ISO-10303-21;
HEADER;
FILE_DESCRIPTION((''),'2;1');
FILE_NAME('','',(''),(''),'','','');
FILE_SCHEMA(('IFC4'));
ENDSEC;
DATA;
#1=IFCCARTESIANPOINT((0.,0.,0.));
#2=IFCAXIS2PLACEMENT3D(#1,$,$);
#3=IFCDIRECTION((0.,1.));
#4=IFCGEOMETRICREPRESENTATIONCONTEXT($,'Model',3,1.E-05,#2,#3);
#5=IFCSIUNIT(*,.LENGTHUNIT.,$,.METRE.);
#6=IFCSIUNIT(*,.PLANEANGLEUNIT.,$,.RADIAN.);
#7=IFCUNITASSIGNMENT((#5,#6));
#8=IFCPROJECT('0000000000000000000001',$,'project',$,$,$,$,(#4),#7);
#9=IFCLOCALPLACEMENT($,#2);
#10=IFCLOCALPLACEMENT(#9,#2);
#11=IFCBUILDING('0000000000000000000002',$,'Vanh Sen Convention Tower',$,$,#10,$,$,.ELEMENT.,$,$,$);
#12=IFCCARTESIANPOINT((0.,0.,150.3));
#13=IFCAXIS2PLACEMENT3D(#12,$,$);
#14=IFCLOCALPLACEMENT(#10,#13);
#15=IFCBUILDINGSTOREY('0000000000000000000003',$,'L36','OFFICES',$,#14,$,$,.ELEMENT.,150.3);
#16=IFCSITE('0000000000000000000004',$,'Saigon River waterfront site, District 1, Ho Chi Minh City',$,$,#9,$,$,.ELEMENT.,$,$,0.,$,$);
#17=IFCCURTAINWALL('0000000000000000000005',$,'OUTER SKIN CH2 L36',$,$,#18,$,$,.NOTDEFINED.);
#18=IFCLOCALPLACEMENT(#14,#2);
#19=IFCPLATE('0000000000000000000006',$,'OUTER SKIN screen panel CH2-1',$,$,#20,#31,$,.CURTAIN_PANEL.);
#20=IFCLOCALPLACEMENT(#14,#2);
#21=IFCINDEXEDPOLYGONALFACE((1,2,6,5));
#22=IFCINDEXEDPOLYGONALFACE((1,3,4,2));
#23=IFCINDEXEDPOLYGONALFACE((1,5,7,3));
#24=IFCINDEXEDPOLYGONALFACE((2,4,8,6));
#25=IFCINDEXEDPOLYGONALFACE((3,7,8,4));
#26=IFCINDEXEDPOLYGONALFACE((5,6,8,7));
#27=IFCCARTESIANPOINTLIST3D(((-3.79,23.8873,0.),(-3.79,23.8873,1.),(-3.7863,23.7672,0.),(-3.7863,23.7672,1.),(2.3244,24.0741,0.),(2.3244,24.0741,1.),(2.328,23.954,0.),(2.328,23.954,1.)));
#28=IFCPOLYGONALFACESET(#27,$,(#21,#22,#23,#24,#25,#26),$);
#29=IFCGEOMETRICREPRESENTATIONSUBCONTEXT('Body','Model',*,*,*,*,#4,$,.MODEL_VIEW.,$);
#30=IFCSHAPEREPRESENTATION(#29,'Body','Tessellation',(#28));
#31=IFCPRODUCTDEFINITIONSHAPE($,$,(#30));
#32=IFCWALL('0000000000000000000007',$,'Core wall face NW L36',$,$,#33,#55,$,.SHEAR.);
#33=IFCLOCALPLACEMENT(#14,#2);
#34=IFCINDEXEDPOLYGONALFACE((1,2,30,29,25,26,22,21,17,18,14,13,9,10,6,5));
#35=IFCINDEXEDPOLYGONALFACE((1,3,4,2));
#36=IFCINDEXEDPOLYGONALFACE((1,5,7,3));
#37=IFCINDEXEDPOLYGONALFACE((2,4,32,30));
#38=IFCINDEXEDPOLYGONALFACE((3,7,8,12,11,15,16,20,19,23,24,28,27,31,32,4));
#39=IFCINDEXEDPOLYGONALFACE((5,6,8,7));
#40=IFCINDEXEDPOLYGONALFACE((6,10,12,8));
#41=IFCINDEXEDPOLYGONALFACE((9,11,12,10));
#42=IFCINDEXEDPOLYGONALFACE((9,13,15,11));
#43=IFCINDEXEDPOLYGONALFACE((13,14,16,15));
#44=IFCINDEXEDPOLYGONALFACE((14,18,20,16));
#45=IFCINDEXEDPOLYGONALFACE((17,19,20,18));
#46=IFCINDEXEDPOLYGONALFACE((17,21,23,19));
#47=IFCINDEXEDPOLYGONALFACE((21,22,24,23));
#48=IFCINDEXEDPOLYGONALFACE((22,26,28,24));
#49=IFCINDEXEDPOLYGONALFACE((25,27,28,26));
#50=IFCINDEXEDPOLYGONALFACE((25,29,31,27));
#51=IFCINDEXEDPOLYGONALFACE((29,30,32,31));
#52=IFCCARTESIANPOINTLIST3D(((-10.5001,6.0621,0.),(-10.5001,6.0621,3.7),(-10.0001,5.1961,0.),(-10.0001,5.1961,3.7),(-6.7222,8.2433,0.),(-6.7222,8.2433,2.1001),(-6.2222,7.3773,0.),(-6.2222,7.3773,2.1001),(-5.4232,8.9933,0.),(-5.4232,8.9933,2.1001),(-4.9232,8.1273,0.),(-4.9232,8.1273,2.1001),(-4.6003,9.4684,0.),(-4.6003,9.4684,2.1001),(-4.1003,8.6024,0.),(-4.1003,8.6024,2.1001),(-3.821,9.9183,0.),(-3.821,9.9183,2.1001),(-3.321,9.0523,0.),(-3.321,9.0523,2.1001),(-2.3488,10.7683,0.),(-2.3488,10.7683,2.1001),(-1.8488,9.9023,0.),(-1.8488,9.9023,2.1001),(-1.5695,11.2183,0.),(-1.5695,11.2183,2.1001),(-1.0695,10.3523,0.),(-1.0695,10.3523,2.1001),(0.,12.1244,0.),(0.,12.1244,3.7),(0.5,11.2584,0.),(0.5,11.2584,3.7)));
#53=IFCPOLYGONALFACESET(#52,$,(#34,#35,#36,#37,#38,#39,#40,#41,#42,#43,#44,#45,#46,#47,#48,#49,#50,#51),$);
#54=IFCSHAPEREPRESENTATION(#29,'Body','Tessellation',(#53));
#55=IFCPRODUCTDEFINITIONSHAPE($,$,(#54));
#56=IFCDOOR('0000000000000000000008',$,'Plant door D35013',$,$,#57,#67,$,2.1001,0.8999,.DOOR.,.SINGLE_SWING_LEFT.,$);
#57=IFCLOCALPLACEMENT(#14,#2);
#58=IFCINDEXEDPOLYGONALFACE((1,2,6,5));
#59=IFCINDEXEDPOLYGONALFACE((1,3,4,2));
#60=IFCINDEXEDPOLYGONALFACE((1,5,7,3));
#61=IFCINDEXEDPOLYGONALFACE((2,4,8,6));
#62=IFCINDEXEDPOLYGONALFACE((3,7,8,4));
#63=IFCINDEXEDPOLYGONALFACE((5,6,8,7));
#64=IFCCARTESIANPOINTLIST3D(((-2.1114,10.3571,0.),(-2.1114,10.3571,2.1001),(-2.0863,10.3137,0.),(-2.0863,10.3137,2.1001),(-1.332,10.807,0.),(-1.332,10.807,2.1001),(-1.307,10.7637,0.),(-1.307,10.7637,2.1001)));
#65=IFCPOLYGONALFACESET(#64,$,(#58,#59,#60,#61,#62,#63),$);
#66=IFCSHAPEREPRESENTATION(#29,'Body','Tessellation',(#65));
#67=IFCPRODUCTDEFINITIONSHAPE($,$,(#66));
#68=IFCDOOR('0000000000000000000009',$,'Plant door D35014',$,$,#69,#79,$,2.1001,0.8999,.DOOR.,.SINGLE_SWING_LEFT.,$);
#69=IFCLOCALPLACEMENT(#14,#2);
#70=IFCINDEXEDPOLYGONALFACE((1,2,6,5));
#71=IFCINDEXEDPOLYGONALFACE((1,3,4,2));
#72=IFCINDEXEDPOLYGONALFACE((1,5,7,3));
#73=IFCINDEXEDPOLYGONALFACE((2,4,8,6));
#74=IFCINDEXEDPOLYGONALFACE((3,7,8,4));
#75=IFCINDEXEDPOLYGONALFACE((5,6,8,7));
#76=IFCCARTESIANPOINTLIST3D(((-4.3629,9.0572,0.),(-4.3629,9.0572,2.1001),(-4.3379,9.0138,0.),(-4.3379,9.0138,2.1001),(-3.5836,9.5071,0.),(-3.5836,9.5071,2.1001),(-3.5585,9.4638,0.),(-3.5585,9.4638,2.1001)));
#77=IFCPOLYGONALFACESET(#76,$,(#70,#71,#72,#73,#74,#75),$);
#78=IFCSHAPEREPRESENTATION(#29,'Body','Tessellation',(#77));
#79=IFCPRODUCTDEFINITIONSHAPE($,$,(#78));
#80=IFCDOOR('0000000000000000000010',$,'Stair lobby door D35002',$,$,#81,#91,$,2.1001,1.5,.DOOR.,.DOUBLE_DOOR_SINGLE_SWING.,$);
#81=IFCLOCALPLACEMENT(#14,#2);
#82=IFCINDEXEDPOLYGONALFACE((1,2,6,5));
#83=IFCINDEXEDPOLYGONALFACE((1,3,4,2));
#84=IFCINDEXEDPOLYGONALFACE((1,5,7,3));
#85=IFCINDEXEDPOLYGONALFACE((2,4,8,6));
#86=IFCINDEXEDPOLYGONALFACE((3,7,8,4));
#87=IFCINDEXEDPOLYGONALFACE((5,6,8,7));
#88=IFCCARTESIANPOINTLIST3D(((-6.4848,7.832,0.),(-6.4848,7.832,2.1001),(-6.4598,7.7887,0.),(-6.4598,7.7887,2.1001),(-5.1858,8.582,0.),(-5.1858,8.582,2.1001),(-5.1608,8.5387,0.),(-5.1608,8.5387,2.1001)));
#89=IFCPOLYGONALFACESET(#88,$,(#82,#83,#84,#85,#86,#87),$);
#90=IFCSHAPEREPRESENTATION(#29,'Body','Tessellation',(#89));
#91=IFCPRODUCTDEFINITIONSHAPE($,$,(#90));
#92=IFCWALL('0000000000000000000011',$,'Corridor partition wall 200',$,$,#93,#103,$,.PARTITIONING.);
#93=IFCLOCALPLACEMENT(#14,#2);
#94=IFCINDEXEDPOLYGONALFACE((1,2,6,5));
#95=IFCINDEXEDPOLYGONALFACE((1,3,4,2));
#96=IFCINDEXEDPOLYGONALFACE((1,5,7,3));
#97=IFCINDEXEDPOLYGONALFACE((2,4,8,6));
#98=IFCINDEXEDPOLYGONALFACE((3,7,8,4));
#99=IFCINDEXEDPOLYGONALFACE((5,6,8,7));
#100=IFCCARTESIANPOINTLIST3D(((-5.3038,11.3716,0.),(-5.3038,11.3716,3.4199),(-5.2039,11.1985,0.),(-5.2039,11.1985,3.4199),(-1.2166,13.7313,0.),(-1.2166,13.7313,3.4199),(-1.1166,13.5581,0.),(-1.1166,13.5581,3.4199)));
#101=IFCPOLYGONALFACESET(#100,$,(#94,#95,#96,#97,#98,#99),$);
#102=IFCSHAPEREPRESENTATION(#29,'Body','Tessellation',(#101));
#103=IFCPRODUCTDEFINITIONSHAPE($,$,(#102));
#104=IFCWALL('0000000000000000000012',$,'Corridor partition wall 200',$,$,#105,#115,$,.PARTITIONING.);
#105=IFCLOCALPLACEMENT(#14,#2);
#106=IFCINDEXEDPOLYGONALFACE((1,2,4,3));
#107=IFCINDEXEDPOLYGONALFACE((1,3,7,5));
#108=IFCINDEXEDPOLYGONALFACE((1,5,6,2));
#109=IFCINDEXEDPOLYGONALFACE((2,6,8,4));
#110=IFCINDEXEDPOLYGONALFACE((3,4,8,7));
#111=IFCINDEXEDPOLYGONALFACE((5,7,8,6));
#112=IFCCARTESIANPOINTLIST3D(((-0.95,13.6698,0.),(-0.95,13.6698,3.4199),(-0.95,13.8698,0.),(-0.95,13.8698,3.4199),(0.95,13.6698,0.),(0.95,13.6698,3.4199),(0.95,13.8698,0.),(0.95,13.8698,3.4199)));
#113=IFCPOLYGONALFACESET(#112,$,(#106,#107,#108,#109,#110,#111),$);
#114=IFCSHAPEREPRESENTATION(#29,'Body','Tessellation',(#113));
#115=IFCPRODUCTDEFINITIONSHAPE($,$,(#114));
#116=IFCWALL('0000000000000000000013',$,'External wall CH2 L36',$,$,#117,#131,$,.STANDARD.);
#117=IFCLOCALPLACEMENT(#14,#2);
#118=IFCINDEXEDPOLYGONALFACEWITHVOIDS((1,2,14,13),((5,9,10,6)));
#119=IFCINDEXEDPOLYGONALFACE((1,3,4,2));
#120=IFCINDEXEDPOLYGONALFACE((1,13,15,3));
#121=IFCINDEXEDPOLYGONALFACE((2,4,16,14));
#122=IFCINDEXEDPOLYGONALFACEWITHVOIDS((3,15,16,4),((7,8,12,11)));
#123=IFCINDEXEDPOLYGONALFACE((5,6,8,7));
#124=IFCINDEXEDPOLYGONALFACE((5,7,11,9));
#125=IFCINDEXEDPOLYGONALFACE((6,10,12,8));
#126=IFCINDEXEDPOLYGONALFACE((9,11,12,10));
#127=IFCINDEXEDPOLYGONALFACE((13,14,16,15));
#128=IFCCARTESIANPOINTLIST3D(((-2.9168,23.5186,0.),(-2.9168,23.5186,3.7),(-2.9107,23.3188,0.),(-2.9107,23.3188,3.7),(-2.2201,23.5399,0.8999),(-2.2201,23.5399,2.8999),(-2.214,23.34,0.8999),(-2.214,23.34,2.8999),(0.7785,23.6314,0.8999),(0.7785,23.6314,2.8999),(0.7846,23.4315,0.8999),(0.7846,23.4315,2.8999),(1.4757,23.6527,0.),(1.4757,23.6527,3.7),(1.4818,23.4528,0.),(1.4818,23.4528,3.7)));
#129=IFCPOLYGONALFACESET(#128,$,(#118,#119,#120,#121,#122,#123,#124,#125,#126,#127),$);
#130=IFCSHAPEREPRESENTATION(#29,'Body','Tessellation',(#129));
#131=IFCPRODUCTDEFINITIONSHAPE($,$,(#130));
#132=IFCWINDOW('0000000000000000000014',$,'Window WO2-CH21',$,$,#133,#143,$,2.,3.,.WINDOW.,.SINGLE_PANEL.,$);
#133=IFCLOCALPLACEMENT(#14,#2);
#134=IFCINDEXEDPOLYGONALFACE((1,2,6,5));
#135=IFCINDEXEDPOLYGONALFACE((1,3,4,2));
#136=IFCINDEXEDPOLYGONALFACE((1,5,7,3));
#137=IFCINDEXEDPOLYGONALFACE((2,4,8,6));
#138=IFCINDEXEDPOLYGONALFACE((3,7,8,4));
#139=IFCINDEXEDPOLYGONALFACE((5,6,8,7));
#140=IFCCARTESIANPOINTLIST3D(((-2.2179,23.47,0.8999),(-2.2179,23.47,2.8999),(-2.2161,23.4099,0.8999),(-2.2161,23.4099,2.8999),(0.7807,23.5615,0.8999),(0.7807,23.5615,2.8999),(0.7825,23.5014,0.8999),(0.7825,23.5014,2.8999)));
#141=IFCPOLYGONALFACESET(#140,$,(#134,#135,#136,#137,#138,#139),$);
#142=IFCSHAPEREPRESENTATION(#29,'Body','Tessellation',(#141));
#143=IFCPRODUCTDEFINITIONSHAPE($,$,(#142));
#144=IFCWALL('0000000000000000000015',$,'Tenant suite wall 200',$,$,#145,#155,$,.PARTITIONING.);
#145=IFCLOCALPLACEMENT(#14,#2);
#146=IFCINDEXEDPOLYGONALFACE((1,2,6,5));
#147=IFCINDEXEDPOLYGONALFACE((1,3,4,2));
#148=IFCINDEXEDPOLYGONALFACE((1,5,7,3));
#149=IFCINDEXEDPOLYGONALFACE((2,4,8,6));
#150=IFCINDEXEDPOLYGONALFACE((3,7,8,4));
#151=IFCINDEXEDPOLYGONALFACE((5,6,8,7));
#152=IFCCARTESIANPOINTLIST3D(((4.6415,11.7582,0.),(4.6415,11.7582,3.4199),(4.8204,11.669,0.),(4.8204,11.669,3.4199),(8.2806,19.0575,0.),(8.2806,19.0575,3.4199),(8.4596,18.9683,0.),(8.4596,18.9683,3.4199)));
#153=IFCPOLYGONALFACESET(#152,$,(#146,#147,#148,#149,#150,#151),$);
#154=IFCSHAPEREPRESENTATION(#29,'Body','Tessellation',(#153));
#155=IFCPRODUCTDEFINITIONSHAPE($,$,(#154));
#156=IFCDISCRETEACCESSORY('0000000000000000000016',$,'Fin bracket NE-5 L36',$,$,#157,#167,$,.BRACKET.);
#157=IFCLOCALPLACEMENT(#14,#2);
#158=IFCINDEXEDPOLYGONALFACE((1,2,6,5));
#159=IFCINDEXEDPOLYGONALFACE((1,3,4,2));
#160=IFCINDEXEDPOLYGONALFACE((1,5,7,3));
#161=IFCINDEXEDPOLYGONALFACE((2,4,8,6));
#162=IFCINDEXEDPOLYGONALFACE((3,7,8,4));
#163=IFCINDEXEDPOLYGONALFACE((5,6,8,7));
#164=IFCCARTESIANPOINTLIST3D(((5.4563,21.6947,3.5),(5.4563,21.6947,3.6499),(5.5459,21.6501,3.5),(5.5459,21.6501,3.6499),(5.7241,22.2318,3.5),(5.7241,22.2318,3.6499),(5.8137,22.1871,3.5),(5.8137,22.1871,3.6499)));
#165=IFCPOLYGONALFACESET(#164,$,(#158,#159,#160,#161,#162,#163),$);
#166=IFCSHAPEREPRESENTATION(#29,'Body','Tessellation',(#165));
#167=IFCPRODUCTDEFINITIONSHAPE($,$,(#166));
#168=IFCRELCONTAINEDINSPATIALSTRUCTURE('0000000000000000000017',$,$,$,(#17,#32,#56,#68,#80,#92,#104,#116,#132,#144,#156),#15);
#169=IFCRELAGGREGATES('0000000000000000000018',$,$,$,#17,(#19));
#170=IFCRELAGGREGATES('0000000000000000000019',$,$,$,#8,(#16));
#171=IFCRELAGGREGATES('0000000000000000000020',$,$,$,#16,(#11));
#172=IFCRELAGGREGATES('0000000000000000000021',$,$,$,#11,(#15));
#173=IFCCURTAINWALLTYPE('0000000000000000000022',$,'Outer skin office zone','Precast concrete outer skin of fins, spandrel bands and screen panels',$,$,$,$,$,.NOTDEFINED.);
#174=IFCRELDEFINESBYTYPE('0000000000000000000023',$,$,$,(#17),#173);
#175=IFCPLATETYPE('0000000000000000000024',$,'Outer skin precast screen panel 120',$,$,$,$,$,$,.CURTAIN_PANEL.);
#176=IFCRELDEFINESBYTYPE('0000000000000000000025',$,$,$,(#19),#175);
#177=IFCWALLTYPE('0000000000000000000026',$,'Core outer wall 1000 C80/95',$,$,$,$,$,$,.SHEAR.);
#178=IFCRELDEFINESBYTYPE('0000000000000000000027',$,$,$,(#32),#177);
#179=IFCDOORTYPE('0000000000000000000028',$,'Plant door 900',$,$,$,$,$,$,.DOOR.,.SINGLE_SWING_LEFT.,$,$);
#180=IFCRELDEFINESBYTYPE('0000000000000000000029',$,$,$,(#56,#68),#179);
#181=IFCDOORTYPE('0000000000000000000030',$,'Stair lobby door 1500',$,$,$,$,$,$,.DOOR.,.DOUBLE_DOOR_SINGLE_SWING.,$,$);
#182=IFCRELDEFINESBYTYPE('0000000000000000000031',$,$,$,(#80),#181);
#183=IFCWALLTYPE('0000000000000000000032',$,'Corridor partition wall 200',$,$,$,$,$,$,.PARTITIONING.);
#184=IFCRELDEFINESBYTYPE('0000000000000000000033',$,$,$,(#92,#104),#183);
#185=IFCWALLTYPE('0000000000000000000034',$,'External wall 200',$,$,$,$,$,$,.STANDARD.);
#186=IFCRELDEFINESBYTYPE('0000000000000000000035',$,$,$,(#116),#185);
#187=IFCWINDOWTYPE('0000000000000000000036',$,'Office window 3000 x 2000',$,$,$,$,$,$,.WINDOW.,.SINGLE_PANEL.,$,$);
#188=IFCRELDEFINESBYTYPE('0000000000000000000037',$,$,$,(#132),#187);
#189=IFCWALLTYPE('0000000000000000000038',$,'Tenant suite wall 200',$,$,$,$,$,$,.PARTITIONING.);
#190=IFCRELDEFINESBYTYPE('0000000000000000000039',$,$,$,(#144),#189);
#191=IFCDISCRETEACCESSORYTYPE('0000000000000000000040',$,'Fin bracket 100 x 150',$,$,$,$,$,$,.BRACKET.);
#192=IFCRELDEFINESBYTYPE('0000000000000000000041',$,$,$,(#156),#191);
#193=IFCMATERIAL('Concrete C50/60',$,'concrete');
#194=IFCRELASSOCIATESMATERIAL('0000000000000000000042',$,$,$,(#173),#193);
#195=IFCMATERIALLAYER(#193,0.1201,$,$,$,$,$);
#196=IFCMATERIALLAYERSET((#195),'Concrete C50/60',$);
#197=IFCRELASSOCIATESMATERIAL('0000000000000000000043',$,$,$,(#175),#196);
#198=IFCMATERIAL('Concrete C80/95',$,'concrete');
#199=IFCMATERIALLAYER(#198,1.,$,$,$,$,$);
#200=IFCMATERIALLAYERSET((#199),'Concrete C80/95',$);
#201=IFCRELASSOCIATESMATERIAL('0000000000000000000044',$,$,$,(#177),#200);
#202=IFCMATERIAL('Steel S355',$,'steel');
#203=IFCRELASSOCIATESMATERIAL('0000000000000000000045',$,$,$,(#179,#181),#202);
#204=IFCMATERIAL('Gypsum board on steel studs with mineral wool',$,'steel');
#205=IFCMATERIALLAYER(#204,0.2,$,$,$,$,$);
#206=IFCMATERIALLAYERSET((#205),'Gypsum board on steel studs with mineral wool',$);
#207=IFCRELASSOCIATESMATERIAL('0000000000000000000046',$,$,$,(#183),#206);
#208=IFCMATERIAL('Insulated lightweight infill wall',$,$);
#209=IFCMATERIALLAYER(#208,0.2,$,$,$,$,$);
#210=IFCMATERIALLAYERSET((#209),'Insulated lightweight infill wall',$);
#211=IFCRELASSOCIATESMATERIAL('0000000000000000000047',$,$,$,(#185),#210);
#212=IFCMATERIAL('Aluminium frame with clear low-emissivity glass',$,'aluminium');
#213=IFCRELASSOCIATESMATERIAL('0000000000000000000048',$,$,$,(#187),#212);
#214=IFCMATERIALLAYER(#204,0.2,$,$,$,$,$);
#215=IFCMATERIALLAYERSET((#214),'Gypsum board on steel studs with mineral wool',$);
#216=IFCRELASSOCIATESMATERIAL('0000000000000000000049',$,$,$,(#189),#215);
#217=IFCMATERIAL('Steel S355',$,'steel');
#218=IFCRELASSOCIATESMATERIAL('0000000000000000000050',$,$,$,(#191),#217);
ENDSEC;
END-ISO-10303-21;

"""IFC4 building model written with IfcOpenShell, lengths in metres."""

from ifc_helpers import new_model, si_unit, direction, frame, frame_2d, origin, origin_2d, place, context, subcontext, project, spatial, rectangle, extrude, material, layer, layer_set, type_object, element, fill, aggregate, save


model = new_model("IFC4")

# Units and contexts
model_context = context("Model", 3, precision=1e-05, world=origin(), true_north=direction((0.0, 1.0)))
body_context = subcontext(model_context, "Body", "Model", "MODEL_VIEW")
ifc_project = project(units=[si_unit("LENGTHUNIT", "METRE"), si_unit("PLANEANGLEUNIT", "RADIAN")], contexts=[model_context])

# Site, building, storey
site_placement = place(None, origin())
site = spatial("IfcSite", under=ifc_project, at=site_placement, Name="Saigon River waterfront site, District 1, Ho Chi Minh City", CompositionType="ELEMENT", RefElevation=0.0)
building_placement = place(site_placement, origin())
building = spatial("IfcBuilding", under=site, at=building_placement, Name="Vanh Sen Convention Tower", CompositionType="ELEMENT")
storey_placement = place(building_placement, frame((0.0, 0.0, 150.3)))
storey = spatial("IfcBuildingStorey", under=building, at=storey_placement, Name="L36", Description="OFFICES", CompositionType="ELEMENT", Elevation=150.3)

# Shared definitions
ifc_material_1 = material(Name="Concrete C80/95", Category="concrete")

# Shared definitions
ifc_material_2 = material(Name="Concrete C50/60", Category="concrete")
curtain_wall_type = type_object("IfcCurtainWallType", Name="Outer skin office zone", Description="Precast concrete outer skin of fins, spandrel bands and screen panels", PredefinedType="NOTDEFINED", material=ifc_material_2)

# Curtain wall
curtain_wall_1_placement = place(storey_placement, origin())
curtain_wall_1 = element("IfcCurtainWall", 1, at=curtain_wall_1_placement, inside=storey, type_object=curtain_wall_type, Name="OUTER SKIN CH2 L36", PredefinedType="NOTDEFINED")

# Plate
ifc_layer_1 = layer(ifc_material_2, 0.1201)
ifc_layer_set_1 = layer_set([ifc_layer_1], Name="Concrete C50/60")
plate_type = type_object("IfcPlateType", Name="Outer skin precast screen panel 120", PredefinedType="CURTAIN_PANEL", material=ifc_layer_set_1)
plate_1_placement = place(storey_placement, frame((-0.731, 23.9207, 0.0), z_axis=(0.0, 0.0, 1.0), x_axis=(-0.999534, -0.030539, 0.0)))
plate_1 = element("IfcPlate", 2, at=plate_1_placement, type_object=plate_type, Name="OUTER SKIN screen panel CH2-1", PredefinedType="CURTAIN_PANEL", context=body_context, shape_type="SweptSolid", body=[
    extrude(rectangle(XDim=6.1172, YDim=0.1201, at=origin_2d()), origin(), (0.0, 0.0, 1.0), 1.0),
])
aggregate(curtain_wall_1, [plate_1])

# Wall, openings, doors
ifc_layer_2 = layer(ifc_material_1, 1.0)
ifc_layer_set_2 = layer_set([ifc_layer_2], Name="Concrete C80/95")
wall_type_1 = type_object("IfcWallType", Name="Core outer wall 1000 C80/95", PredefinedType="SHEAR", material=ifc_layer_set_2)
wall_1_placement = place(storey_placement, frame((0.25, 11.6914, 0.0), z_axis=(0.0, 0.0, 1.0), x_axis=(-0.866023, -0.500005, 0.0)))
wall_1 = element("IfcWall", 3, at=wall_1_placement, inside=storey, type_object=wall_type_1, Name="Core wall face NW L36", PredefinedType="SHEAR", context=body_context, shape_type="SweptSolid", body=[
    extrude(rectangle(XDim=12.1245, YDim=1.0, at=frame_2d((6.0623, 0.0))), origin(), (0.0, 0.0, 1.0), 3.7),
])
opening_1_placement = place(wall_1_placement, frame((6.2622, 0.0, 0.0)))
opening_1 = element("IfcOpeningElement", 4, at=opening_1_placement, cuts=wall_1, PredefinedType="OPENING", context=body_context, shape_type="SweptSolid", body=[
    extrude(rectangle(XDim=1.5, YDim=2.1001, at=frame_2d((0.75, 1.05))), frame((0.0, 0.51, 0.0), z_axis=(0.0, -1.0, 0.0), x_axis=(1.0, 0.0, 0.0)), (0.0, 0.0, 1.0), 1.02),
])
opening_2_placement = place(wall_1_placement, frame((1.8123, 0.0, 0.0)))
opening_2 = element("IfcOpeningElement", 5, at=opening_2_placement, cuts=wall_1, PredefinedType="OPENING", context=body_context, shape_type="SweptSolid", body=[
    extrude(rectangle(XDim=0.8999, YDim=2.1001, at=frame_2d((0.45, 1.05))), frame((0.0, 0.51, 0.0), z_axis=(0.0, -1.0, 0.0), x_axis=(1.0, 0.0, 0.0)), (0.0, 0.0, 1.0), 1.02),
])
opening_3_placement = place(wall_1_placement, frame((4.4121, 0.0, 0.0)))
opening_3 = element("IfcOpeningElement", 6, at=opening_3_placement, cuts=wall_1, PredefinedType="OPENING", context=body_context, shape_type="SweptSolid", body=[
    extrude(rectangle(XDim=0.8999, YDim=2.1001, at=frame_2d((0.45, 1.05))), frame((0.0, 0.51, 0.0), z_axis=(0.0, -1.0, 0.0), x_axis=(1.0, 0.0, 0.0)), (0.0, 0.0, 1.0), 1.02),
])
ifc_material_3 = material(Name="Steel S355", Category="steel")
door_type_1 = type_object("IfcDoorType", Name="Plant door 900", OperationType="SINGLE_SWING_LEFT", PredefinedType="DOOR", material=ifc_material_3)
door_1_placement = place(opening_2_placement, origin())
door_1 = element("IfcDoor", 7, at=door_1_placement, inside=storey, type_object=door_type_1, Name="Plant door D35013", OperationType="SINGLE_SWING_LEFT", OverallHeight=2.1001, OverallWidth=0.8999, PredefinedType="DOOR", context=body_context, shape_type="SweptSolid", body=[
    extrude(rectangle(XDim=0.8999, YDim=2.1001, at=frame_2d((0.45, 1.05))), frame((0.0, 0.0249, 0.0), z_axis=(0.0, -1.0, 0.0), x_axis=(1.0, 0.0, 0.0)), (0.0, 0.0, 1.0), 0.05),
])
fill(opening_2, door_1)
door_2_placement = place(opening_3_placement, origin())
door_2 = element("IfcDoor", 8, at=door_2_placement, inside=storey, type_object=door_type_1, Name="Plant door D35014", OperationType="SINGLE_SWING_LEFT", OverallHeight=2.1001, OverallWidth=0.8999, PredefinedType="DOOR", context=body_context, shape_type="SweptSolid", body=[
    extrude(rectangle(XDim=0.8999, YDim=2.1001, at=frame_2d((0.45, 1.05))), frame((0.0, 0.0249, 0.0), z_axis=(0.0, -1.0, 0.0), x_axis=(1.0, 0.0, 0.0)), (0.0, 0.0, 1.0), 0.05),
])
fill(opening_3, door_2)
door_type_2 = type_object("IfcDoorType", Name="Stair lobby door 1500", OperationType="DOUBLE_DOOR_SINGLE_SWING", PredefinedType="DOOR", material=ifc_material_3)
door_3_placement = place(opening_1_placement, origin())
door_3 = element("IfcDoor", 9, at=door_3_placement, inside=storey, type_object=door_type_2, Name="Stair lobby door D35002", OperationType="DOUBLE_DOOR_SINGLE_SWING", OverallHeight=2.1001, OverallWidth=1.5, PredefinedType="DOOR", context=body_context, shape_type="SweptSolid", body=[
    extrude(rectangle(XDim=1.5, YDim=2.1001, at=frame_2d((0.75, 1.05))), frame((0.0, 0.0249, 0.0), z_axis=(0.0, -1.0, 0.0), x_axis=(1.0, 0.0, 0.0)), (0.0, 0.0, 1.0), 0.05),
])
fill(opening_1, door_3)

# Walls
ifc_material_4 = material(Name="Gypsum board on steel studs with mineral wool", Category="steel")
ifc_layer_3 = layer(ifc_material_4, 0.2)
ifc_layer_set_3 = layer_set([ifc_layer_3], Name="Gypsum board on steel studs with mineral wool")
wall_type_2 = type_object("IfcWallType", Name="Corridor partition wall 200", PredefinedType="PARTITIONING", material=ifc_layer_set_3)
wall_2_placement = place(storey_placement, frame((-1.1665, 13.6448, 0.0), z_axis=(0.0, 0.0, 1.0), x_axis=(-0.866035, -0.499984, 0.0)))
element("IfcWall", 10, at=wall_2_placement, inside=storey, type_object=wall_type_2, Name="Corridor partition wall 200", PredefinedType="PARTITIONING", context=body_context, shape_type="SweptSolid", body=[
    extrude(rectangle(XDim=4.7195, YDim=0.2, at=frame_2d((2.3599, 0.0))), origin(), (0.0, 0.0, 1.0), 3.4199),
])
wall_3_placement = place(storey_placement, frame((0.95, 13.7698, 0.0), z_axis=(0.0, 0.0, 1.0), x_axis=(-1.0, 0.0, 0.0)))
element("IfcWall", 11, at=wall_3_placement, inside=storey, type_object=wall_type_2, Name="Corridor partition wall 200", PredefinedType="PARTITIONING", context=body_context, shape_type="SweptSolid", body=[
    extrude(rectangle(XDim=1.8999, YDim=0.2, at=frame_2d((0.95, 0.0))), origin(), (0.0, 0.0, 1.0), 3.4199),
])

# Wall, opening, window
ifc_material_5 = material(Name="Insulated lightweight infill wall")
ifc_layer_4 = layer(ifc_material_5, 0.2)
ifc_layer_set_4 = layer_set([ifc_layer_4], Name="Insulated lightweight infill wall")
wall_type_3 = type_object("IfcWallType", Name="External wall 200", PredefinedType="STANDARD", material=ifc_layer_set_4)
wall_4_placement = place(storey_placement, frame((1.4788, 23.5527, 0.0), z_axis=(0.0, 0.0, 1.0), x_axis=(-0.999535, -0.030499, 0.0)))
wall_4 = element("IfcWall", 12, at=wall_4_placement, inside=storey, type_object=wall_type_3, Name="External wall CH2 L36", PredefinedType="STANDARD", context=body_context, shape_type="SweptSolid", body=[
    extrude(rectangle(XDim=4.3945, YDim=0.2, at=frame_2d((2.1973, 0.0))), origin(), (0.0, 0.0, 1.0), 3.7),
])
opening_4_placement = place(wall_4_placement, frame((0.6975, 0.0, 0.8999)))
opening_4 = element("IfcOpeningElement", 13, at=opening_4_placement, cuts=wall_4, PredefinedType="OPENING", context=body_context, shape_type="SweptSolid", body=[
    extrude(rectangle(XDim=3.0, YDim=2.0, at=frame_2d((1.5, 1.0))), frame((0.0, 0.1099, 0.0), z_axis=(0.0, -1.0, 0.0), x_axis=(1.0, 0.0, 0.0)), (0.0, 0.0, 1.0), 0.22),
])
ifc_material_6 = material(Name="Aluminium frame with clear low-emissivity glass", Category="aluminium")
window_type = type_object("IfcWindowType", Name="Office window 3000 x 2000", PartitioningType="SINGLE_PANEL", PredefinedType="WINDOW", material=ifc_material_6)
window_placement = place(opening_4_placement, origin())
window = element("IfcWindow", 14, at=window_placement, inside=storey, type_object=window_type, Name="Window WO2-CH21", OverallHeight=2.0, OverallWidth=3.0, PartitioningType="SINGLE_PANEL", PredefinedType="WINDOW", context=body_context, shape_type="SweptSolid", body=[
    extrude(rectangle(XDim=3.0, YDim=2.0, at=frame_2d((1.5, 1.0))), frame((0.0, 0.03, 0.0), z_axis=(0.0, -1.0, 0.0), x_axis=(1.0, 0.0, 0.0)), (0.0, 0.0, 1.0), 0.0601),
])
fill(opening_4, window)

# Wall
ifc_layer_5 = layer(ifc_material_4, 0.2)
ifc_layer_set_5 = layer_set([ifc_layer_5], Name="Gypsum board on steel studs with mineral wool")
wall_type_4 = type_object("IfcWallType", Name="Tenant suite wall 200", PredefinedType="PARTITIONING", material=ifc_layer_set_5)
wall_5_placement = place(storey_placement, frame((8.3701, 19.0129, 0.0), z_axis=(0.0, 0.0, 1.0), x_axis=(-0.446184, -0.894941, 0.0)))
element("IfcWall", 15, at=wall_5_placement, inside=storey, type_object=wall_type_4, Name="Tenant suite wall 200", PredefinedType="PARTITIONING", context=body_context, shape_type="SweptSolid", body=[
    extrude(rectangle(XDim=8.1562, YDim=0.2, at=frame_2d((4.0781, 0.0))), origin(), (0.0, 0.0, 1.0), 3.4199),
])

# Discrete accessory
ifc_material_7 = material(Name="Steel S355", Category="steel")
discrete_accessory_type = type_object("IfcDiscreteAccessoryType", Name="Fin bracket 100 x 150", PredefinedType="BRACKET", material=ifc_material_7)
discrete_accessory_placement = place(storey_placement, frame((5.635, 21.9409, 3.5), z_axis=(0.0, 0.0, 1.0), x_axis=(0.446198, 0.894934, 0.0)))
element("IfcDiscreteAccessory", 16, at=discrete_accessory_placement, inside=storey, type_object=discrete_accessory_type, Name="Fin bracket NE-5 L36", PredefinedType="BRACKET", context=body_context, shape_type="SweptSolid", body=[
    extrude(rectangle(XDim=0.6001, YDim=0.1001, at=origin_2d()), origin(), (0.0, 0.0, 1.0), 0.1499),
])

save(model, "model.ifc")
